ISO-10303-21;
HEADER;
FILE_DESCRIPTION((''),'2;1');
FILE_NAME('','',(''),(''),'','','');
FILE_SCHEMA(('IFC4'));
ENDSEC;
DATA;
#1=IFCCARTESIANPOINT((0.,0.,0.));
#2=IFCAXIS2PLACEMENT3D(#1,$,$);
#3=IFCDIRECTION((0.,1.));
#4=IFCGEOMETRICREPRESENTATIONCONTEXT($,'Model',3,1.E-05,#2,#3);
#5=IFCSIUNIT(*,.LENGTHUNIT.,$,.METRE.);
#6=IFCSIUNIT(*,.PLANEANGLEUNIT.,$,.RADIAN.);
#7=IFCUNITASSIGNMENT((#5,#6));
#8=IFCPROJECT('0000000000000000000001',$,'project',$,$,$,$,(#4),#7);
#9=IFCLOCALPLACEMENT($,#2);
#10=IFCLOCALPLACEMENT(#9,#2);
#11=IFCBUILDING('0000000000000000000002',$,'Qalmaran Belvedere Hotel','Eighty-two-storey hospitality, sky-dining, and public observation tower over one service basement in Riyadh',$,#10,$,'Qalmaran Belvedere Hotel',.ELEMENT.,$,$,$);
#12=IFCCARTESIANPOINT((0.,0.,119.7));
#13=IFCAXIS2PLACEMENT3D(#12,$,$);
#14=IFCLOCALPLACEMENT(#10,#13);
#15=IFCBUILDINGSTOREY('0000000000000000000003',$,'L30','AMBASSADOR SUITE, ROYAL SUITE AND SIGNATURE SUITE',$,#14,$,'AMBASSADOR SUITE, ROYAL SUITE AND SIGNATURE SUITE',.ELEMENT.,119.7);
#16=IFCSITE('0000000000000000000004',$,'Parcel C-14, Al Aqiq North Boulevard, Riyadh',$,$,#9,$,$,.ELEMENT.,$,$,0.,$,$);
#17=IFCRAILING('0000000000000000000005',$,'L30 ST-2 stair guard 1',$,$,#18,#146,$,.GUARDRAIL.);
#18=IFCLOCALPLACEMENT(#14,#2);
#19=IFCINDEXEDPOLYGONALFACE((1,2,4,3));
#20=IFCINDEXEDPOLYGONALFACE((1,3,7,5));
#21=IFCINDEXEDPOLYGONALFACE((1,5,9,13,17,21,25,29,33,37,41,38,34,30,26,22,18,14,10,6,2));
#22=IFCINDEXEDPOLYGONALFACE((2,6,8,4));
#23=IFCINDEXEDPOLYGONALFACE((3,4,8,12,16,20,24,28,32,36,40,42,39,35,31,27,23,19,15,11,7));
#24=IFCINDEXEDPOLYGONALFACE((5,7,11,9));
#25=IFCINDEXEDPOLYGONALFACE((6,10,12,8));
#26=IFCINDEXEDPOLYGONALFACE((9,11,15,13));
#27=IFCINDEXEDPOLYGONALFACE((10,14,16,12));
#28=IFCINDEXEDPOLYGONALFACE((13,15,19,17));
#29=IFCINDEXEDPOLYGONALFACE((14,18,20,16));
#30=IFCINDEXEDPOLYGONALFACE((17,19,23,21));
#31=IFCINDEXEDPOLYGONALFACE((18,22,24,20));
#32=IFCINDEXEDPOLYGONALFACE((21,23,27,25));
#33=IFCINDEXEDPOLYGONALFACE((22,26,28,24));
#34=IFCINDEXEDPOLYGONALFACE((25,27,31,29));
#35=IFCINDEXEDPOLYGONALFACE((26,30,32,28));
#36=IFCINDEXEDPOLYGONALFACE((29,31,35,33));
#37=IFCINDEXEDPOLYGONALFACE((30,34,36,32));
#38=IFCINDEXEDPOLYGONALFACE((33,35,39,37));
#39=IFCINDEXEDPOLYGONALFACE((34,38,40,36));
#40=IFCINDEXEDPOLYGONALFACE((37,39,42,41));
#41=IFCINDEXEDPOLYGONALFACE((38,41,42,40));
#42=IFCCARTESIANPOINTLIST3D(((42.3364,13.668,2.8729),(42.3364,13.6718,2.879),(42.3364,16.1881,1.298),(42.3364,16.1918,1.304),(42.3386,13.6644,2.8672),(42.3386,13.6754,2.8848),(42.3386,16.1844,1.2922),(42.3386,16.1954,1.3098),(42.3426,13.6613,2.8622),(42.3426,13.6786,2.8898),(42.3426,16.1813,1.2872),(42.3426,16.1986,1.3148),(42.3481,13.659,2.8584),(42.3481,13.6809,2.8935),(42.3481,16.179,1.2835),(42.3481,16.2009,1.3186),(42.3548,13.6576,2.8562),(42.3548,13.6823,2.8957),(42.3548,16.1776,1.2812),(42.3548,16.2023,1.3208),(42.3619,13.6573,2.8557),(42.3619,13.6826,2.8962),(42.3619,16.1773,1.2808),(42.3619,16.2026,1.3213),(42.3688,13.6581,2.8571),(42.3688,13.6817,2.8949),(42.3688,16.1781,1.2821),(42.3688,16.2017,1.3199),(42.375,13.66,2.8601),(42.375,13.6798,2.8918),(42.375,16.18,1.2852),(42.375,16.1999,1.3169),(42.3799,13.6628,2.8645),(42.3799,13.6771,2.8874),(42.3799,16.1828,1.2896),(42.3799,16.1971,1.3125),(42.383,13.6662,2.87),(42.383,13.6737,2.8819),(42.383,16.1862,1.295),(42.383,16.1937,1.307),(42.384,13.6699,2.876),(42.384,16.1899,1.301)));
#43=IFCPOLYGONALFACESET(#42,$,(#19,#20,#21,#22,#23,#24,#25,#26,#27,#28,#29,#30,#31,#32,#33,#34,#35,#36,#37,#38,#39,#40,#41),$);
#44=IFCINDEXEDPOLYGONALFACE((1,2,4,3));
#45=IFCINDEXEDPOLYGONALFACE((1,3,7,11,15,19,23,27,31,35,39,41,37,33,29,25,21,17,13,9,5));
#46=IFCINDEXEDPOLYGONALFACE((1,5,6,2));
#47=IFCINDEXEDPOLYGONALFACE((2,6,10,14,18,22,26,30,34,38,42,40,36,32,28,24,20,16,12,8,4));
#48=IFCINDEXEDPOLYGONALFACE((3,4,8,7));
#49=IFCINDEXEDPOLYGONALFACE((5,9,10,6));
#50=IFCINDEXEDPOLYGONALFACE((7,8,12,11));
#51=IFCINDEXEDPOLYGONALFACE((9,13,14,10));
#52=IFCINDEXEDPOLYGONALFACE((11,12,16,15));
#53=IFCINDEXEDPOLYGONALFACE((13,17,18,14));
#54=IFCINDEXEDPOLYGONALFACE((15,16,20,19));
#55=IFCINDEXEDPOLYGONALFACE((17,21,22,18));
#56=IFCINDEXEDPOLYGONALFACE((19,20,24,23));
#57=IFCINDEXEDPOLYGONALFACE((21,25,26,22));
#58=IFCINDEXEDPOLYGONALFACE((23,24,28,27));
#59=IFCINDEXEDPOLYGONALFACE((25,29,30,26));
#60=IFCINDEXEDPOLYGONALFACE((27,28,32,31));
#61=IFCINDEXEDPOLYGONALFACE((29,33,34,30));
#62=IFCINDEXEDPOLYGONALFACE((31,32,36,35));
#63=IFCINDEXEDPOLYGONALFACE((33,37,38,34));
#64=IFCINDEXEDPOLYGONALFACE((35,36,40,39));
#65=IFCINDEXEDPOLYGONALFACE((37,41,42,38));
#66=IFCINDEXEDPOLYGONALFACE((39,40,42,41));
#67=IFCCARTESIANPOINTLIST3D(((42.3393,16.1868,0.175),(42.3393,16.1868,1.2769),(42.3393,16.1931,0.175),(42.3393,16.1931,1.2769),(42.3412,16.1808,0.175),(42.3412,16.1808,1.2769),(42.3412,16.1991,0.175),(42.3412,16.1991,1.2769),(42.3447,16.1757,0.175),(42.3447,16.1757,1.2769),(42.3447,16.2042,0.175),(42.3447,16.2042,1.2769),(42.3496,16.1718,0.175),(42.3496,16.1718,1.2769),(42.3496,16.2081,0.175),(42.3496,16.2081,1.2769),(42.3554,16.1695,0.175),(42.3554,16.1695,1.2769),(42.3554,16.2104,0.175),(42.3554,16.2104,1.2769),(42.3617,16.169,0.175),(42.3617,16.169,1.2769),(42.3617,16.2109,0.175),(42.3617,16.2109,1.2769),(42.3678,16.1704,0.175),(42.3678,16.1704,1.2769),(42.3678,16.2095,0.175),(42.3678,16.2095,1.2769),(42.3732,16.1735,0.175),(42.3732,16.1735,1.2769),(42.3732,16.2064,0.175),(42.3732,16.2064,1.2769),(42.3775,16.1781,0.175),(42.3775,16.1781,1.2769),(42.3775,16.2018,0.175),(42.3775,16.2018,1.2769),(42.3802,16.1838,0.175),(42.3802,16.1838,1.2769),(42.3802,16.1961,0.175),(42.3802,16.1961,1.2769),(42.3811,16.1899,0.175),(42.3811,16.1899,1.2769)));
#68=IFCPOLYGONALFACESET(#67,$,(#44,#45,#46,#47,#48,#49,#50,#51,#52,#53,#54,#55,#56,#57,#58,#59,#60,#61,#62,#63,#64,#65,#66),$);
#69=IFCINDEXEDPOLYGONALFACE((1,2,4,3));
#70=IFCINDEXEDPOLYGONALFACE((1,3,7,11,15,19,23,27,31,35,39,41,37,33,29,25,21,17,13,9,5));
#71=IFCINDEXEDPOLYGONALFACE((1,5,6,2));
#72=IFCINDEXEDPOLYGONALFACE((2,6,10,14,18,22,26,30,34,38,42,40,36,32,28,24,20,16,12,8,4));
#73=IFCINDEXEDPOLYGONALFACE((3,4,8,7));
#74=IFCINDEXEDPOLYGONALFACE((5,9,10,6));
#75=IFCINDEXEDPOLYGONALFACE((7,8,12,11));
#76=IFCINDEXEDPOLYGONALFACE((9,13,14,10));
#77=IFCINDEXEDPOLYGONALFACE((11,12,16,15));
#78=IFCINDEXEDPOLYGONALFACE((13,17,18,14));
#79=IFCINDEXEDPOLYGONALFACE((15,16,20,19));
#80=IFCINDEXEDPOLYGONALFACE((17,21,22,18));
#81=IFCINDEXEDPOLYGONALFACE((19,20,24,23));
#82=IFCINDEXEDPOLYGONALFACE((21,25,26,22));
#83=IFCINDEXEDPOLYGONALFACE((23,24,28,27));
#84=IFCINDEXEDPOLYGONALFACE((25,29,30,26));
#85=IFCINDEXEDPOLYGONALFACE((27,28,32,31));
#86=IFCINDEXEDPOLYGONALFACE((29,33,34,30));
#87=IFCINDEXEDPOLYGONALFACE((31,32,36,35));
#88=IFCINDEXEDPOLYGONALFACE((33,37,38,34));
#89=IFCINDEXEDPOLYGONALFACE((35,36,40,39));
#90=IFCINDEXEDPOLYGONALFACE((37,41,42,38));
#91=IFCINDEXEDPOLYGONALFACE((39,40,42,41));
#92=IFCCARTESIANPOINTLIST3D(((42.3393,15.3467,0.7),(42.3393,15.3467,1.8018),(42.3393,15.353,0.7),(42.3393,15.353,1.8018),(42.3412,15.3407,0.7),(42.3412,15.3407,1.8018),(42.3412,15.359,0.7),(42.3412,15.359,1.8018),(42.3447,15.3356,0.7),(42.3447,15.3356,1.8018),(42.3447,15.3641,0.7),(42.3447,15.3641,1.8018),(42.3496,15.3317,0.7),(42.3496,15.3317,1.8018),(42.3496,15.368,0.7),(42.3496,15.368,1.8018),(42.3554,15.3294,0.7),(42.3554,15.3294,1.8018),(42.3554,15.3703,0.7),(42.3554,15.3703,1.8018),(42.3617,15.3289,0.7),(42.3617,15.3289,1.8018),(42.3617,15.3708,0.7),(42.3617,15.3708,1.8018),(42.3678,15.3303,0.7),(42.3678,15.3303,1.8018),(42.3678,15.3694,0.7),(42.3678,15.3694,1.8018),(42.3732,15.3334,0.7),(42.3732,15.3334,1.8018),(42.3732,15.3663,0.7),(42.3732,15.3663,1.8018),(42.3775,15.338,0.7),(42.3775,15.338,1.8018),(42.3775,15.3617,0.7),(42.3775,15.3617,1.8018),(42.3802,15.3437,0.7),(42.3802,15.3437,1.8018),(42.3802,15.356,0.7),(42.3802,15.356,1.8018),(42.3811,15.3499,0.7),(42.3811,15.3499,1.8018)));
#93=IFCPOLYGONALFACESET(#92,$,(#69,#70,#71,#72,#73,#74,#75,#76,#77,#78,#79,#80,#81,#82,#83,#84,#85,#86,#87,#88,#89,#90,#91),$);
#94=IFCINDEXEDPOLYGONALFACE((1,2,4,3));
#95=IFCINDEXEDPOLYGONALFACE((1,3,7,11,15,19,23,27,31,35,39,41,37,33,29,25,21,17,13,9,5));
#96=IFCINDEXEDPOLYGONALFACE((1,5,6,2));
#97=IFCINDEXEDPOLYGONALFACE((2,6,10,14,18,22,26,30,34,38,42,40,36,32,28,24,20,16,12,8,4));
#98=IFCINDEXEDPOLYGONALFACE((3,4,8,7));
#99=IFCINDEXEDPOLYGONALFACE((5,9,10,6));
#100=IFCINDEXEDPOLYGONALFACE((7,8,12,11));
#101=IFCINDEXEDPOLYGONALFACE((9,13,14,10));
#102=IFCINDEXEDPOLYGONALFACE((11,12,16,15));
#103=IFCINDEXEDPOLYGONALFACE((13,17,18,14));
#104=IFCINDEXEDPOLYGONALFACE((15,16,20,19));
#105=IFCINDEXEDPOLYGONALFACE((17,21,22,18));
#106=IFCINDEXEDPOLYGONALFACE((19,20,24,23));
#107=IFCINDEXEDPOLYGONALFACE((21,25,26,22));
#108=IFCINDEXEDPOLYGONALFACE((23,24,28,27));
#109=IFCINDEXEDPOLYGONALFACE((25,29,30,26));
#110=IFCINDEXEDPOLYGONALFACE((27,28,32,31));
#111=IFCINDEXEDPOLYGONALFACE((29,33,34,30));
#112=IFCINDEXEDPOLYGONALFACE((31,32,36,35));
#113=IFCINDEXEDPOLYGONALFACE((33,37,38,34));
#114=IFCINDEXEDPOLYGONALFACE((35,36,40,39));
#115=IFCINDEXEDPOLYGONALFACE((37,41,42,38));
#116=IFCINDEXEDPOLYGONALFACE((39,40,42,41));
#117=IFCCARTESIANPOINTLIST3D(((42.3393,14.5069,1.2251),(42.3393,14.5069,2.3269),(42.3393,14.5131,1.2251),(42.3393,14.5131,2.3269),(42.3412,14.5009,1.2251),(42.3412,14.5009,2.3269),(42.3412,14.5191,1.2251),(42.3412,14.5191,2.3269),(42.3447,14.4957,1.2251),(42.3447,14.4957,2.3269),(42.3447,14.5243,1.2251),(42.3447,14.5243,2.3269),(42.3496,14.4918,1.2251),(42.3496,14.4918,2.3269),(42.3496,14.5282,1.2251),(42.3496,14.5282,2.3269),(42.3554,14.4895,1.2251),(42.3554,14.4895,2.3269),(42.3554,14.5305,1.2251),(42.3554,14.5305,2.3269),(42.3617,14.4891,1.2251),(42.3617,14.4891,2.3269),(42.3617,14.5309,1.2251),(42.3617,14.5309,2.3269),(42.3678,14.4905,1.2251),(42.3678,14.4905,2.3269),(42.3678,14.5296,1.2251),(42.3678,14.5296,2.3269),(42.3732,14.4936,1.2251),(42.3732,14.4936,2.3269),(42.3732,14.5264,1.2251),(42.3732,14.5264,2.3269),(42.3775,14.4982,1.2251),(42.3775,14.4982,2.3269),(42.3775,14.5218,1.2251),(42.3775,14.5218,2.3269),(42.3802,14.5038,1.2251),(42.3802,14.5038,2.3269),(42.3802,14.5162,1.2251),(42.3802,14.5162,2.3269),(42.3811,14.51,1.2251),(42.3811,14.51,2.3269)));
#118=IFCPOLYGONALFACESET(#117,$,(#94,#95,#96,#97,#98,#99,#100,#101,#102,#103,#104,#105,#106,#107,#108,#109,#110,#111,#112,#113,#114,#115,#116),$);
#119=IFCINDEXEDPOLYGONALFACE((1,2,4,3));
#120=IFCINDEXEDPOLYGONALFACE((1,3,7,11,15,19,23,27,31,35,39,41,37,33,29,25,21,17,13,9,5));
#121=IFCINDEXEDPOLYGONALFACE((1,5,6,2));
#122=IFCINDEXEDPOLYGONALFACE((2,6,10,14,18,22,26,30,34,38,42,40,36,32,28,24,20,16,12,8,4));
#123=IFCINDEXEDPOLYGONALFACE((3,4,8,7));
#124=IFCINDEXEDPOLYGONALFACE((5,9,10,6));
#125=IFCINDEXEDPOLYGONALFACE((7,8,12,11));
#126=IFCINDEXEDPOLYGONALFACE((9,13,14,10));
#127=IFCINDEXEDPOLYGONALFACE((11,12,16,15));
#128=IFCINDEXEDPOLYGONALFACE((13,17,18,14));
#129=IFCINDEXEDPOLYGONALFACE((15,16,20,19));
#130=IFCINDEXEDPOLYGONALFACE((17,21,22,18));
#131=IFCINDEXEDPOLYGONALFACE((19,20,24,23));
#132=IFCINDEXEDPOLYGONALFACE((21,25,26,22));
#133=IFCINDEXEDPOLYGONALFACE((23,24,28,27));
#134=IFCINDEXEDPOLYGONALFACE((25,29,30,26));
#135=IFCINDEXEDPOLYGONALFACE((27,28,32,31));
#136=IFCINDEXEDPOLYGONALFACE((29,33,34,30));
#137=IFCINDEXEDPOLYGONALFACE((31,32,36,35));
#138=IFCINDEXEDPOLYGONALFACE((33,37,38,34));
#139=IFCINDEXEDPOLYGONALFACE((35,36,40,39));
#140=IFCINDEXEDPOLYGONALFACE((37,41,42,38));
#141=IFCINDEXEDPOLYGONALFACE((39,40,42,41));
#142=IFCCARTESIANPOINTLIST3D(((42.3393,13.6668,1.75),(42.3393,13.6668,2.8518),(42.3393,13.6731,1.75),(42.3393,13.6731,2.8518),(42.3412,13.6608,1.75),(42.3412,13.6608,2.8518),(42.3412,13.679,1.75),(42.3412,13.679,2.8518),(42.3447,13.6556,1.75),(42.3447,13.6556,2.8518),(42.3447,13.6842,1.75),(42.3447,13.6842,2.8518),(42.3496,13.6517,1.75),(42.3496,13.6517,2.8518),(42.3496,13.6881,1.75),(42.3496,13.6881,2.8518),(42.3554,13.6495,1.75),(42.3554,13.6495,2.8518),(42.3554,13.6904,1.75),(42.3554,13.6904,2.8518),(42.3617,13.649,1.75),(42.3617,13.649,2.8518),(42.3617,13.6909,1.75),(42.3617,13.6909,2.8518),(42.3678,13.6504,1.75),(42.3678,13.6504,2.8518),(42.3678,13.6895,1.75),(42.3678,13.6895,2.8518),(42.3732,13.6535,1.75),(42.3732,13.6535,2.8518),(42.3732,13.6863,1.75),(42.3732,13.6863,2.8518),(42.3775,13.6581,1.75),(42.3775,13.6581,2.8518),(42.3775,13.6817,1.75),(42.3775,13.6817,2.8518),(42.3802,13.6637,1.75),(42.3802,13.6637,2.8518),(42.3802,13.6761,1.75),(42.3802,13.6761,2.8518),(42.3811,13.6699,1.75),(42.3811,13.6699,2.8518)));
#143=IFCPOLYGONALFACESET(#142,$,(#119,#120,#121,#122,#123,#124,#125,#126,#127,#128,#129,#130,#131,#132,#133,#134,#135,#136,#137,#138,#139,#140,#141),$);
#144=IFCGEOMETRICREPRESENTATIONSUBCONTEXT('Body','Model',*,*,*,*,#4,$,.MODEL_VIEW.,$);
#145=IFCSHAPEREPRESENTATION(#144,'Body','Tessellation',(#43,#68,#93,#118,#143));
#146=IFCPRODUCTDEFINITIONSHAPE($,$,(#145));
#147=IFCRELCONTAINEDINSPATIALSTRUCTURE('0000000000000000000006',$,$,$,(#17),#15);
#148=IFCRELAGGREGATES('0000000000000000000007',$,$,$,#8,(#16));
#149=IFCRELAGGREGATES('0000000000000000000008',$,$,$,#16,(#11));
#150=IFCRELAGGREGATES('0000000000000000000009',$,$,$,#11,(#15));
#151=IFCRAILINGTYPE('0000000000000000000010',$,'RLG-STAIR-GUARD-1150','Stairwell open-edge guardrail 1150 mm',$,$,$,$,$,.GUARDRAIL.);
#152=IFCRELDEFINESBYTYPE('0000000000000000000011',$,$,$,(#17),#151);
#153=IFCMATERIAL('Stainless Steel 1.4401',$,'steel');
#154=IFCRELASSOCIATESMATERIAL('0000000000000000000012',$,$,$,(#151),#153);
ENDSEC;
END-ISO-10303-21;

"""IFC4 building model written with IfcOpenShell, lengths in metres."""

from ifc_helpers import new_model, si_unit, direction, frame, origin, origin_2d, place, context, subcontext, project, spatial, circle, extrude, material, type_object, element, save


model = new_model("IFC4")

# Units and contexts
model_context = context("Model", 3, precision=1e-05, world=origin(), true_north=direction((0.0, 1.0)))
body_context = subcontext(model_context, "Body", "Model", "MODEL_VIEW")
ifc_project = project(units=[si_unit("LENGTHUNIT", "METRE"), si_unit("PLANEANGLEUNIT", "RADIAN")], contexts=[model_context])

# Site, building, storey
site_placement = place(None, origin())
site = spatial("IfcSite", under=ifc_project, at=site_placement, Name="Parcel C-14, Al Aqiq North Boulevard, Riyadh", CompositionType="ELEMENT", RefElevation=0.0)
building_placement = place(site_placement, origin())
building = spatial("IfcBuilding", under=site, at=building_placement, Name="Qalmaran Belvedere Hotel", Description="Eighty-two-storey hospitality, sky-dining, and public observation tower over one service basement in Riyadh", LongName="Qalmaran Belvedere Hotel", CompositionType="ELEMENT")
storey_placement = place(building_placement, frame((0.0, 0.0, 119.7)))
storey = spatial("IfcBuildingStorey", under=building, at=storey_placement, Name="L30", Description="AMBASSADOR SUITE, ROYAL SUITE AND SIGNATURE SUITE", LongName="AMBASSADOR SUITE, ROYAL SUITE AND SIGNATURE SUITE", CompositionType="ELEMENT", Elevation=119.7)

# Shared definitions
ifc_material_1 = material(Name="Stainless Steel 1.4401", Category="steel")

# Railing
railing_type_1 = type_object("IfcRailingType", Name="RLG-STAIR-GUARD-1150", Description="Stairwell open-edge guardrail 1150 mm", PredefinedType="GUARDRAIL", material=ifc_material_1)
railing_1_placement = place(storey_placement, frame((42.3601, 16.1899, 0.175)))
element("IfcRailing", 1, at=railing_1_placement, inside=storey, type_object=railing_type_1, Name="L30 ST-2 stair guard 1", PredefinedType="GUARDRAIL", context=body_context, shape_type="SweptSolid", body=[
    extrude(circle(Radius=0.0239, at=origin_2d()), frame((0.0, 0.0, 1.126), z_axis=(0.0, -0.848008, 0.529984), x_axis=(1.0, 0.0, 0.0)), (0.0, 0.0, 1.0), 2.9717),
    extrude(circle(Radius=0.021, at=origin_2d()), origin(), (0.0, 0.0, 1.0), 1.1018),
    extrude(circle(Radius=0.021, at=origin_2d()), frame((0.0, -0.8401, 0.5249)), (0.0, 0.0, 1.0), 1.1018),
    extrude(circle(Radius=0.021, at=origin_2d()), frame((0.0, -1.6799, 1.05)), (0.0, 0.0, 1.0), 1.1018),
    extrude(circle(Radius=0.021, at=origin_2d()), frame((0.0, -2.52, 1.575)), (0.0, 0.0, 1.0), 1.1018),
])

save(model, "model.ifc")
